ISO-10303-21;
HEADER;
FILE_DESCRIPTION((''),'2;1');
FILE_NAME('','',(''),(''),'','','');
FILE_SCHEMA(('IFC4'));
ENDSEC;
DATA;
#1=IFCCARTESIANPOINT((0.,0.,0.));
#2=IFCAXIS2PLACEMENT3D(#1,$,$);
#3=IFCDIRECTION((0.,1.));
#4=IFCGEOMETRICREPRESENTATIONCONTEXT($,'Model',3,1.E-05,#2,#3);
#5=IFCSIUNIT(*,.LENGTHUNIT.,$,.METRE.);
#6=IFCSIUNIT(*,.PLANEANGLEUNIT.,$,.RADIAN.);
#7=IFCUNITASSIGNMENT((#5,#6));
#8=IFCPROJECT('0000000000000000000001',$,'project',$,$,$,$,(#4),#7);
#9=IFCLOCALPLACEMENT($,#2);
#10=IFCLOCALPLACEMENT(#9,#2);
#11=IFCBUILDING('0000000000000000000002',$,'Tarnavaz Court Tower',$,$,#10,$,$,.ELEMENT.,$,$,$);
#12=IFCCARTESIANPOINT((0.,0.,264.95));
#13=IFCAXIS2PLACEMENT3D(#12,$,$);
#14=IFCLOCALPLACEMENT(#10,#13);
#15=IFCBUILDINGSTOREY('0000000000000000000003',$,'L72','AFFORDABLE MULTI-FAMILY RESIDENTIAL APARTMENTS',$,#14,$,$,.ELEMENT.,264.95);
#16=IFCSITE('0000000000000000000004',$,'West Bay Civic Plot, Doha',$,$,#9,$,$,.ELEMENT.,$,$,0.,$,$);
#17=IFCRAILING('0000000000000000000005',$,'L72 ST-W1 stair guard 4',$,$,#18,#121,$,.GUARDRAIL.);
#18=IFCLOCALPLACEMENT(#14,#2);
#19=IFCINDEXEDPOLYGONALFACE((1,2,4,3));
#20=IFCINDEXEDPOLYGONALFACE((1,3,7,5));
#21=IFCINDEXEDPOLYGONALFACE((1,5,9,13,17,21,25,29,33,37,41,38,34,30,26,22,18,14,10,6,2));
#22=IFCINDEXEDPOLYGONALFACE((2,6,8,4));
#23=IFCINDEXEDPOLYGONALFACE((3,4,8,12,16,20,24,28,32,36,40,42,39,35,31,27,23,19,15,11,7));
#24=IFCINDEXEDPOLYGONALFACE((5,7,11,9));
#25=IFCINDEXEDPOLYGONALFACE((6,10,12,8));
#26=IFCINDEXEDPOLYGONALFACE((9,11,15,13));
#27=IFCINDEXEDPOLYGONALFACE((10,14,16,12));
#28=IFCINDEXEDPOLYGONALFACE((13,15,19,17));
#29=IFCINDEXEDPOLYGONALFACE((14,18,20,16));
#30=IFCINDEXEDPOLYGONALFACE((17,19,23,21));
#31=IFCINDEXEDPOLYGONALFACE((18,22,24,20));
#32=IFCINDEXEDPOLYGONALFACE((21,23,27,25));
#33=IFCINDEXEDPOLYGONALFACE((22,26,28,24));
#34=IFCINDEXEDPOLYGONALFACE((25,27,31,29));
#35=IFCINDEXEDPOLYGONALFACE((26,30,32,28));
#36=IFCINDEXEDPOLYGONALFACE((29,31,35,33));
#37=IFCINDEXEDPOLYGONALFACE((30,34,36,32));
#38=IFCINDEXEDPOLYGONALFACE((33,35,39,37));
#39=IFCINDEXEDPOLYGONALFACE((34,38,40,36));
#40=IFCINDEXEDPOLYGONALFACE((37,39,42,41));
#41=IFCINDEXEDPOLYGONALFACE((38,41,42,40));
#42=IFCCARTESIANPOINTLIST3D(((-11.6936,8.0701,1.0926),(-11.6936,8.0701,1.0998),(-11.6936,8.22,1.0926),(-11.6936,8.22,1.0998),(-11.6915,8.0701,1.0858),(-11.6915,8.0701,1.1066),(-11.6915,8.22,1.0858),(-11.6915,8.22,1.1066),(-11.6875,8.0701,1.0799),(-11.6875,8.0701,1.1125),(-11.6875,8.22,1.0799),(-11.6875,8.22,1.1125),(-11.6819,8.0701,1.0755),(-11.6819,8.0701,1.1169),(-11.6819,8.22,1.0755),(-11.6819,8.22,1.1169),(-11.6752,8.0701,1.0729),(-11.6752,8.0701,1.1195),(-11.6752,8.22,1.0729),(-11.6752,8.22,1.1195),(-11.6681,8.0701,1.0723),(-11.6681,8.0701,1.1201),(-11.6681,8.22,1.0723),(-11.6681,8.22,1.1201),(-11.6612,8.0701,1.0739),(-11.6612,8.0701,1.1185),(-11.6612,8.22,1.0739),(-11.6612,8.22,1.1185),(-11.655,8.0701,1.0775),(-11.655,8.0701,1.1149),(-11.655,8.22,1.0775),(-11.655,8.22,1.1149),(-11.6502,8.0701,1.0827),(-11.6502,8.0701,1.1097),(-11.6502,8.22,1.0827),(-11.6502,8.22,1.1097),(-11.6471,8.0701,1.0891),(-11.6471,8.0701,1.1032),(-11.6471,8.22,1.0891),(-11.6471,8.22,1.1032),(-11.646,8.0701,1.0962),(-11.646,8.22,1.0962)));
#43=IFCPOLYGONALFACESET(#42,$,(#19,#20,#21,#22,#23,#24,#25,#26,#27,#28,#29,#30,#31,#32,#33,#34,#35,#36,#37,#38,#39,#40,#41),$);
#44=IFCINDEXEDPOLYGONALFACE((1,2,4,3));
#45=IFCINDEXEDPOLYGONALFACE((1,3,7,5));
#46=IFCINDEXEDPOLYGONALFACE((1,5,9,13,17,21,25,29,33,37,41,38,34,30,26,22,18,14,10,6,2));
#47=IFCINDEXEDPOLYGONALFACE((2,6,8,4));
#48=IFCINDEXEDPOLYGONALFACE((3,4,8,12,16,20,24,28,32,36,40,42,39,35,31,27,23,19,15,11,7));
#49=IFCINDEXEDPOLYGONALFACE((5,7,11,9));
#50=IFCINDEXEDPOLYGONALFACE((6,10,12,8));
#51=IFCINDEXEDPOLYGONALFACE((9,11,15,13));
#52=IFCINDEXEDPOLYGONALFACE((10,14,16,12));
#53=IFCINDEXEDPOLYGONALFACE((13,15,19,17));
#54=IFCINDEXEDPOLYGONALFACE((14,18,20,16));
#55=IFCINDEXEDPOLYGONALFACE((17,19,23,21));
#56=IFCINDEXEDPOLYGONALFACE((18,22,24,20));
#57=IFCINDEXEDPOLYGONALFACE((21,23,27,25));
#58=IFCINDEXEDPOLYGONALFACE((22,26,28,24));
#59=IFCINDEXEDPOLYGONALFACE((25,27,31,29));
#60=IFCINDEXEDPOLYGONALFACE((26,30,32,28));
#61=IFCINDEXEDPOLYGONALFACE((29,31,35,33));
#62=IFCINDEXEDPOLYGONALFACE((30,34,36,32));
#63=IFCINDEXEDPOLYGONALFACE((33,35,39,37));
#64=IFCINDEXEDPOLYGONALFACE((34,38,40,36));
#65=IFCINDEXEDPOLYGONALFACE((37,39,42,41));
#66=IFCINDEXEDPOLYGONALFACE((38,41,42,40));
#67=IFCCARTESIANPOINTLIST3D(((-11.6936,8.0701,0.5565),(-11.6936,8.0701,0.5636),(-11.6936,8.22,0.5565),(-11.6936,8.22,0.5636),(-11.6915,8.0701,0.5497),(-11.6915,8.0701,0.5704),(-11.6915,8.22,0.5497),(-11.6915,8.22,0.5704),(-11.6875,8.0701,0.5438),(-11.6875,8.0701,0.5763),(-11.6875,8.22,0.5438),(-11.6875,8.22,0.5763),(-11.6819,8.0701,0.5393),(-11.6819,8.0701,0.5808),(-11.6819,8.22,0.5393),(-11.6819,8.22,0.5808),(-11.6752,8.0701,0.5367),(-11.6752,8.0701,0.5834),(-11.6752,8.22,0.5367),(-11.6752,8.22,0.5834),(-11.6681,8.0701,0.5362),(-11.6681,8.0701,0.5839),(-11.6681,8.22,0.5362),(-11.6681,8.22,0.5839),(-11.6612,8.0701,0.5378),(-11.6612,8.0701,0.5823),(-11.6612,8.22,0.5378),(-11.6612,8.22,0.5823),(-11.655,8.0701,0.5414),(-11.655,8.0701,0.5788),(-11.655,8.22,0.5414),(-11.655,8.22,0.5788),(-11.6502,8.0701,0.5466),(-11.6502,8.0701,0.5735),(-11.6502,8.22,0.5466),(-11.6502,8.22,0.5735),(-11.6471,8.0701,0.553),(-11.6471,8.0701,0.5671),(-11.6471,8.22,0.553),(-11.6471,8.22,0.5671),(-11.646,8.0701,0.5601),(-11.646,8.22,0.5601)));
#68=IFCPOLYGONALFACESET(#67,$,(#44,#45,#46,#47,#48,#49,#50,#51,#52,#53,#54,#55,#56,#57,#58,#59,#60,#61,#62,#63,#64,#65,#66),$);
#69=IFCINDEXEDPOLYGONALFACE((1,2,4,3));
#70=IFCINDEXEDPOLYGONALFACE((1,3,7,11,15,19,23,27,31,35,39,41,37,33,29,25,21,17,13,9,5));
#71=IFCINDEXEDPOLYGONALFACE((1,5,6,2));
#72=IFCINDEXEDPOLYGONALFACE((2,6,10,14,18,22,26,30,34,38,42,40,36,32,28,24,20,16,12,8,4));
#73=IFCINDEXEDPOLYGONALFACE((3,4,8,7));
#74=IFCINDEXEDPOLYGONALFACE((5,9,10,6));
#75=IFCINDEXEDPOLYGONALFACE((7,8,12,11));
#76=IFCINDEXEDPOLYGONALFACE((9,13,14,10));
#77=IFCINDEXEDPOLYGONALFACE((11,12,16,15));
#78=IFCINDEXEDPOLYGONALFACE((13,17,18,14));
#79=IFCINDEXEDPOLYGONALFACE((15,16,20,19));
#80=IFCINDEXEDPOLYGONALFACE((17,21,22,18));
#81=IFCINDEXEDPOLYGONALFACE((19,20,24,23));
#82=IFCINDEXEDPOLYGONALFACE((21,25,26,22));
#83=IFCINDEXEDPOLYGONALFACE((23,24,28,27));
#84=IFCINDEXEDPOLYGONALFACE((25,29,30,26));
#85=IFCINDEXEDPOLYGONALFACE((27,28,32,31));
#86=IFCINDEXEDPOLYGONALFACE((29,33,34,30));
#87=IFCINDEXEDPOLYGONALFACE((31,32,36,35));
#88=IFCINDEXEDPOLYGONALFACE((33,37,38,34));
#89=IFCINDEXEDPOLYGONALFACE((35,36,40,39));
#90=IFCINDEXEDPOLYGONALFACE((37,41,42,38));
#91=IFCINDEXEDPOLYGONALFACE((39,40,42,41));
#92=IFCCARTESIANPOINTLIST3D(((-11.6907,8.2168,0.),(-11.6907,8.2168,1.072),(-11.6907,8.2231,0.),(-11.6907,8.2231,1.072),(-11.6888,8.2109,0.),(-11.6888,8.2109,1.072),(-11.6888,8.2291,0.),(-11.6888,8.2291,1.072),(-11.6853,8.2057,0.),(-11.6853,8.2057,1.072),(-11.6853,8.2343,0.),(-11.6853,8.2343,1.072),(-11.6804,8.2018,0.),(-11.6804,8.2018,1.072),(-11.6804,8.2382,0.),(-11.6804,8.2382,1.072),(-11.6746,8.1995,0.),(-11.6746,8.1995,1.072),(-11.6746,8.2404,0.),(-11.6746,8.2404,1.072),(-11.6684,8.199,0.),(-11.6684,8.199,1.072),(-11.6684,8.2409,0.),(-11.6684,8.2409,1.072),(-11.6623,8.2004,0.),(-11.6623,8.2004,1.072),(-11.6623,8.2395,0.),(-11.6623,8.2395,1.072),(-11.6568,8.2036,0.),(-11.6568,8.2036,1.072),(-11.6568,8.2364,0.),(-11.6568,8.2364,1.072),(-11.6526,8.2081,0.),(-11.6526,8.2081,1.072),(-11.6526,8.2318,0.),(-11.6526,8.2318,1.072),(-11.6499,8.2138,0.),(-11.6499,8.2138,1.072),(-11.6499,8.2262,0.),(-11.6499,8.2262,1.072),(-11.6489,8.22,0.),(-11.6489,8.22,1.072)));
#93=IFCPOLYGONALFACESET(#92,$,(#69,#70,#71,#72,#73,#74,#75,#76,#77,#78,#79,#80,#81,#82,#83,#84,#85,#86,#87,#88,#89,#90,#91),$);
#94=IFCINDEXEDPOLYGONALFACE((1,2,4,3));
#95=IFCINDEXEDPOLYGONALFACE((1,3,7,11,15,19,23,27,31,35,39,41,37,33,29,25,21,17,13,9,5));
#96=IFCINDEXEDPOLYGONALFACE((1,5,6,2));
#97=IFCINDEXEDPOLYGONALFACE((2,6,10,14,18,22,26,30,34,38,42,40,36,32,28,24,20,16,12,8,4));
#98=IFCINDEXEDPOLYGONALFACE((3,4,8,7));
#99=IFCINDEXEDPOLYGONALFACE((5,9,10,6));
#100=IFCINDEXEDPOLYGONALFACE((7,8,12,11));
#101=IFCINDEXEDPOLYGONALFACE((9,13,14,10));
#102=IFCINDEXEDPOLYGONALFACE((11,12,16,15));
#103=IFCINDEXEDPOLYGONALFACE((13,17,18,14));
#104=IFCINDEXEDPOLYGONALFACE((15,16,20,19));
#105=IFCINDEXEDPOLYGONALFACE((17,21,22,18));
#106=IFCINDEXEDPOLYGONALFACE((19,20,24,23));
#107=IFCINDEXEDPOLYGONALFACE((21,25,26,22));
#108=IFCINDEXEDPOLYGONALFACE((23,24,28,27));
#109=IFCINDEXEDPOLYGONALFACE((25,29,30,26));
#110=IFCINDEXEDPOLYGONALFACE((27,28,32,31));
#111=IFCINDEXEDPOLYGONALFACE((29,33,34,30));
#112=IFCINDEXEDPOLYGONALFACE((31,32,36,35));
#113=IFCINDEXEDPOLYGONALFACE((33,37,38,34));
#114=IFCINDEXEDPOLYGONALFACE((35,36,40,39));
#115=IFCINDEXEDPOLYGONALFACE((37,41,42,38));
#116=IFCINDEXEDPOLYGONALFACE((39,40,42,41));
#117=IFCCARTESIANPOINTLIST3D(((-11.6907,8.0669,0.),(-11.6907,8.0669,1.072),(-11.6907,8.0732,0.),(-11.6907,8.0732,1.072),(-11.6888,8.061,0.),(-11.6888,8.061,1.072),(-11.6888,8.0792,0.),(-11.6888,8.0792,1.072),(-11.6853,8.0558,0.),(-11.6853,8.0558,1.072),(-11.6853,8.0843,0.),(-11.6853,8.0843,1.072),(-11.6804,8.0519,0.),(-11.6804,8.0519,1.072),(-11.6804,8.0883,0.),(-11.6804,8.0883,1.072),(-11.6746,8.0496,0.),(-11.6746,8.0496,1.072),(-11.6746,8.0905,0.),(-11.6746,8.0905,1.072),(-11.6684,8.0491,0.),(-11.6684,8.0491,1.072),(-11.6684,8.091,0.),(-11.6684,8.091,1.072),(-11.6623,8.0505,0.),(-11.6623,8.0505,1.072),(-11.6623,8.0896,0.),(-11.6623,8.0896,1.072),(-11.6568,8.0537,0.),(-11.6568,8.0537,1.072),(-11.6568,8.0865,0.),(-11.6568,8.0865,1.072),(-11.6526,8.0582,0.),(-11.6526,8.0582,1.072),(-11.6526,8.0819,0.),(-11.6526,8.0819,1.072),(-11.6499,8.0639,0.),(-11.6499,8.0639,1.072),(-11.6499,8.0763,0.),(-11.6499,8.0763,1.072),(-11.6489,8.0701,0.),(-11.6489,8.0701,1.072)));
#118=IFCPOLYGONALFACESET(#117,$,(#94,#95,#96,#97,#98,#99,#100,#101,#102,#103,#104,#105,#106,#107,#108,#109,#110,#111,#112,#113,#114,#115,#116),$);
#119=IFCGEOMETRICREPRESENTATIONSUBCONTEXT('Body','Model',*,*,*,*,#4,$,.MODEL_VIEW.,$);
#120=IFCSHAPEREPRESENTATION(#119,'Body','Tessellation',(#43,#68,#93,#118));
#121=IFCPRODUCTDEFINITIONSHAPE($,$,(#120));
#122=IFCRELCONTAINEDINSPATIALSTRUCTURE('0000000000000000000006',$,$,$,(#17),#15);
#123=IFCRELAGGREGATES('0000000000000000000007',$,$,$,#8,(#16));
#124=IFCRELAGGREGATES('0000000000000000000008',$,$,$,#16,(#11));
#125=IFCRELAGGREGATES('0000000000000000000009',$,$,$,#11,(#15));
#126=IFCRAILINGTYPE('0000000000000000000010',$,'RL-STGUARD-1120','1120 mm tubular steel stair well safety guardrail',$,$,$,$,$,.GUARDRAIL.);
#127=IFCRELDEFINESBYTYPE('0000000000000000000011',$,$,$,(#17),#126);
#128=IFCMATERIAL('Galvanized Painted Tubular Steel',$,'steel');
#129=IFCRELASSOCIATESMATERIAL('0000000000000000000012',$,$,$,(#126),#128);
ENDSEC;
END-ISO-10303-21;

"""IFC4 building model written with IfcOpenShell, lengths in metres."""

from ifc_helpers import new_model, si_unit, direction, frame, origin, origin_2d, place, context, subcontext, project, spatial, circle, extrude, material, type_object, element, save


model = new_model("IFC4")

# Units and contexts
model_context = context("Model", 3, precision=1e-05, world=origin(), true_north=direction((0.0, 1.0)))
body_context = subcontext(model_context, "Body", "Model", "MODEL_VIEW")
ifc_project = project(units=[si_unit("LENGTHUNIT", "METRE"), si_unit("PLANEANGLEUNIT", "RADIAN")], contexts=[model_context])

# Site, building, storey
site_placement = place(None, origin())
site = spatial("IfcSite", under=ifc_project, at=site_placement, Name="West Bay Civic Plot, Doha", CompositionType="ELEMENT", RefElevation=0.0)
building_placement = place(site_placement, origin())
building = spatial("IfcBuilding", under=site, at=building_placement, Name="Tarnavaz Court Tower", CompositionType="ELEMENT")
storey_placement = place(building_placement, frame((0.0, 0.0, 264.95)))
storey = spatial("IfcBuildingStorey", under=building, at=storey_placement, Name="L72", Description="AFFORDABLE MULTI-FAMILY RESIDENTIAL APARTMENTS", CompositionType="ELEMENT", Elevation=264.95)

# Railing
ifc_material_1 = material(Name="Galvanized Painted Tubular Steel", Category="steel")
railing_type_1 = type_object("IfcRailingType", Name="RL-STGUARD-1120", Description="1120 mm tubular steel stair well safety guardrail", PredefinedType="GUARDRAIL", material=ifc_material_1)
railing_1_placement = place(storey_placement, frame((-11.6699, 8.22, 0.0)))
element("IfcRailing", 1, at=railing_1_placement, inside=storey, type_object=railing_type_1, Name="L72 ST-W1 stair guard 4", PredefinedType="GUARDRAIL", context=body_context, shape_type="SweptSolid", body=[
    extrude(circle(Radius=0.0239, at=origin_2d()), frame((0.0, 0.0, 1.0962), z_axis=(0.0, -1.0, 0.0), x_axis=(1.0, 0.0, 0.0)), (0.0, 0.0, 1.0), 0.1499),
    extrude(circle(Radius=0.0239, at=origin_2d()), frame((0.0, 0.0, 0.5601), z_axis=(0.0, -1.0, 0.0), x_axis=(1.0, 0.0, 0.0)), (0.0, 0.0, 1.0), 0.1499),
    extrude(circle(Radius=0.021, at=origin_2d()), origin(), (0.0, 0.0, 1.0), 1.072),
    extrude(circle(Radius=0.021, at=origin_2d()), frame((0.0, -0.1499, 0.0)), (0.0, 0.0, 1.0), 1.072),
])

save(model, "model.ifc")
